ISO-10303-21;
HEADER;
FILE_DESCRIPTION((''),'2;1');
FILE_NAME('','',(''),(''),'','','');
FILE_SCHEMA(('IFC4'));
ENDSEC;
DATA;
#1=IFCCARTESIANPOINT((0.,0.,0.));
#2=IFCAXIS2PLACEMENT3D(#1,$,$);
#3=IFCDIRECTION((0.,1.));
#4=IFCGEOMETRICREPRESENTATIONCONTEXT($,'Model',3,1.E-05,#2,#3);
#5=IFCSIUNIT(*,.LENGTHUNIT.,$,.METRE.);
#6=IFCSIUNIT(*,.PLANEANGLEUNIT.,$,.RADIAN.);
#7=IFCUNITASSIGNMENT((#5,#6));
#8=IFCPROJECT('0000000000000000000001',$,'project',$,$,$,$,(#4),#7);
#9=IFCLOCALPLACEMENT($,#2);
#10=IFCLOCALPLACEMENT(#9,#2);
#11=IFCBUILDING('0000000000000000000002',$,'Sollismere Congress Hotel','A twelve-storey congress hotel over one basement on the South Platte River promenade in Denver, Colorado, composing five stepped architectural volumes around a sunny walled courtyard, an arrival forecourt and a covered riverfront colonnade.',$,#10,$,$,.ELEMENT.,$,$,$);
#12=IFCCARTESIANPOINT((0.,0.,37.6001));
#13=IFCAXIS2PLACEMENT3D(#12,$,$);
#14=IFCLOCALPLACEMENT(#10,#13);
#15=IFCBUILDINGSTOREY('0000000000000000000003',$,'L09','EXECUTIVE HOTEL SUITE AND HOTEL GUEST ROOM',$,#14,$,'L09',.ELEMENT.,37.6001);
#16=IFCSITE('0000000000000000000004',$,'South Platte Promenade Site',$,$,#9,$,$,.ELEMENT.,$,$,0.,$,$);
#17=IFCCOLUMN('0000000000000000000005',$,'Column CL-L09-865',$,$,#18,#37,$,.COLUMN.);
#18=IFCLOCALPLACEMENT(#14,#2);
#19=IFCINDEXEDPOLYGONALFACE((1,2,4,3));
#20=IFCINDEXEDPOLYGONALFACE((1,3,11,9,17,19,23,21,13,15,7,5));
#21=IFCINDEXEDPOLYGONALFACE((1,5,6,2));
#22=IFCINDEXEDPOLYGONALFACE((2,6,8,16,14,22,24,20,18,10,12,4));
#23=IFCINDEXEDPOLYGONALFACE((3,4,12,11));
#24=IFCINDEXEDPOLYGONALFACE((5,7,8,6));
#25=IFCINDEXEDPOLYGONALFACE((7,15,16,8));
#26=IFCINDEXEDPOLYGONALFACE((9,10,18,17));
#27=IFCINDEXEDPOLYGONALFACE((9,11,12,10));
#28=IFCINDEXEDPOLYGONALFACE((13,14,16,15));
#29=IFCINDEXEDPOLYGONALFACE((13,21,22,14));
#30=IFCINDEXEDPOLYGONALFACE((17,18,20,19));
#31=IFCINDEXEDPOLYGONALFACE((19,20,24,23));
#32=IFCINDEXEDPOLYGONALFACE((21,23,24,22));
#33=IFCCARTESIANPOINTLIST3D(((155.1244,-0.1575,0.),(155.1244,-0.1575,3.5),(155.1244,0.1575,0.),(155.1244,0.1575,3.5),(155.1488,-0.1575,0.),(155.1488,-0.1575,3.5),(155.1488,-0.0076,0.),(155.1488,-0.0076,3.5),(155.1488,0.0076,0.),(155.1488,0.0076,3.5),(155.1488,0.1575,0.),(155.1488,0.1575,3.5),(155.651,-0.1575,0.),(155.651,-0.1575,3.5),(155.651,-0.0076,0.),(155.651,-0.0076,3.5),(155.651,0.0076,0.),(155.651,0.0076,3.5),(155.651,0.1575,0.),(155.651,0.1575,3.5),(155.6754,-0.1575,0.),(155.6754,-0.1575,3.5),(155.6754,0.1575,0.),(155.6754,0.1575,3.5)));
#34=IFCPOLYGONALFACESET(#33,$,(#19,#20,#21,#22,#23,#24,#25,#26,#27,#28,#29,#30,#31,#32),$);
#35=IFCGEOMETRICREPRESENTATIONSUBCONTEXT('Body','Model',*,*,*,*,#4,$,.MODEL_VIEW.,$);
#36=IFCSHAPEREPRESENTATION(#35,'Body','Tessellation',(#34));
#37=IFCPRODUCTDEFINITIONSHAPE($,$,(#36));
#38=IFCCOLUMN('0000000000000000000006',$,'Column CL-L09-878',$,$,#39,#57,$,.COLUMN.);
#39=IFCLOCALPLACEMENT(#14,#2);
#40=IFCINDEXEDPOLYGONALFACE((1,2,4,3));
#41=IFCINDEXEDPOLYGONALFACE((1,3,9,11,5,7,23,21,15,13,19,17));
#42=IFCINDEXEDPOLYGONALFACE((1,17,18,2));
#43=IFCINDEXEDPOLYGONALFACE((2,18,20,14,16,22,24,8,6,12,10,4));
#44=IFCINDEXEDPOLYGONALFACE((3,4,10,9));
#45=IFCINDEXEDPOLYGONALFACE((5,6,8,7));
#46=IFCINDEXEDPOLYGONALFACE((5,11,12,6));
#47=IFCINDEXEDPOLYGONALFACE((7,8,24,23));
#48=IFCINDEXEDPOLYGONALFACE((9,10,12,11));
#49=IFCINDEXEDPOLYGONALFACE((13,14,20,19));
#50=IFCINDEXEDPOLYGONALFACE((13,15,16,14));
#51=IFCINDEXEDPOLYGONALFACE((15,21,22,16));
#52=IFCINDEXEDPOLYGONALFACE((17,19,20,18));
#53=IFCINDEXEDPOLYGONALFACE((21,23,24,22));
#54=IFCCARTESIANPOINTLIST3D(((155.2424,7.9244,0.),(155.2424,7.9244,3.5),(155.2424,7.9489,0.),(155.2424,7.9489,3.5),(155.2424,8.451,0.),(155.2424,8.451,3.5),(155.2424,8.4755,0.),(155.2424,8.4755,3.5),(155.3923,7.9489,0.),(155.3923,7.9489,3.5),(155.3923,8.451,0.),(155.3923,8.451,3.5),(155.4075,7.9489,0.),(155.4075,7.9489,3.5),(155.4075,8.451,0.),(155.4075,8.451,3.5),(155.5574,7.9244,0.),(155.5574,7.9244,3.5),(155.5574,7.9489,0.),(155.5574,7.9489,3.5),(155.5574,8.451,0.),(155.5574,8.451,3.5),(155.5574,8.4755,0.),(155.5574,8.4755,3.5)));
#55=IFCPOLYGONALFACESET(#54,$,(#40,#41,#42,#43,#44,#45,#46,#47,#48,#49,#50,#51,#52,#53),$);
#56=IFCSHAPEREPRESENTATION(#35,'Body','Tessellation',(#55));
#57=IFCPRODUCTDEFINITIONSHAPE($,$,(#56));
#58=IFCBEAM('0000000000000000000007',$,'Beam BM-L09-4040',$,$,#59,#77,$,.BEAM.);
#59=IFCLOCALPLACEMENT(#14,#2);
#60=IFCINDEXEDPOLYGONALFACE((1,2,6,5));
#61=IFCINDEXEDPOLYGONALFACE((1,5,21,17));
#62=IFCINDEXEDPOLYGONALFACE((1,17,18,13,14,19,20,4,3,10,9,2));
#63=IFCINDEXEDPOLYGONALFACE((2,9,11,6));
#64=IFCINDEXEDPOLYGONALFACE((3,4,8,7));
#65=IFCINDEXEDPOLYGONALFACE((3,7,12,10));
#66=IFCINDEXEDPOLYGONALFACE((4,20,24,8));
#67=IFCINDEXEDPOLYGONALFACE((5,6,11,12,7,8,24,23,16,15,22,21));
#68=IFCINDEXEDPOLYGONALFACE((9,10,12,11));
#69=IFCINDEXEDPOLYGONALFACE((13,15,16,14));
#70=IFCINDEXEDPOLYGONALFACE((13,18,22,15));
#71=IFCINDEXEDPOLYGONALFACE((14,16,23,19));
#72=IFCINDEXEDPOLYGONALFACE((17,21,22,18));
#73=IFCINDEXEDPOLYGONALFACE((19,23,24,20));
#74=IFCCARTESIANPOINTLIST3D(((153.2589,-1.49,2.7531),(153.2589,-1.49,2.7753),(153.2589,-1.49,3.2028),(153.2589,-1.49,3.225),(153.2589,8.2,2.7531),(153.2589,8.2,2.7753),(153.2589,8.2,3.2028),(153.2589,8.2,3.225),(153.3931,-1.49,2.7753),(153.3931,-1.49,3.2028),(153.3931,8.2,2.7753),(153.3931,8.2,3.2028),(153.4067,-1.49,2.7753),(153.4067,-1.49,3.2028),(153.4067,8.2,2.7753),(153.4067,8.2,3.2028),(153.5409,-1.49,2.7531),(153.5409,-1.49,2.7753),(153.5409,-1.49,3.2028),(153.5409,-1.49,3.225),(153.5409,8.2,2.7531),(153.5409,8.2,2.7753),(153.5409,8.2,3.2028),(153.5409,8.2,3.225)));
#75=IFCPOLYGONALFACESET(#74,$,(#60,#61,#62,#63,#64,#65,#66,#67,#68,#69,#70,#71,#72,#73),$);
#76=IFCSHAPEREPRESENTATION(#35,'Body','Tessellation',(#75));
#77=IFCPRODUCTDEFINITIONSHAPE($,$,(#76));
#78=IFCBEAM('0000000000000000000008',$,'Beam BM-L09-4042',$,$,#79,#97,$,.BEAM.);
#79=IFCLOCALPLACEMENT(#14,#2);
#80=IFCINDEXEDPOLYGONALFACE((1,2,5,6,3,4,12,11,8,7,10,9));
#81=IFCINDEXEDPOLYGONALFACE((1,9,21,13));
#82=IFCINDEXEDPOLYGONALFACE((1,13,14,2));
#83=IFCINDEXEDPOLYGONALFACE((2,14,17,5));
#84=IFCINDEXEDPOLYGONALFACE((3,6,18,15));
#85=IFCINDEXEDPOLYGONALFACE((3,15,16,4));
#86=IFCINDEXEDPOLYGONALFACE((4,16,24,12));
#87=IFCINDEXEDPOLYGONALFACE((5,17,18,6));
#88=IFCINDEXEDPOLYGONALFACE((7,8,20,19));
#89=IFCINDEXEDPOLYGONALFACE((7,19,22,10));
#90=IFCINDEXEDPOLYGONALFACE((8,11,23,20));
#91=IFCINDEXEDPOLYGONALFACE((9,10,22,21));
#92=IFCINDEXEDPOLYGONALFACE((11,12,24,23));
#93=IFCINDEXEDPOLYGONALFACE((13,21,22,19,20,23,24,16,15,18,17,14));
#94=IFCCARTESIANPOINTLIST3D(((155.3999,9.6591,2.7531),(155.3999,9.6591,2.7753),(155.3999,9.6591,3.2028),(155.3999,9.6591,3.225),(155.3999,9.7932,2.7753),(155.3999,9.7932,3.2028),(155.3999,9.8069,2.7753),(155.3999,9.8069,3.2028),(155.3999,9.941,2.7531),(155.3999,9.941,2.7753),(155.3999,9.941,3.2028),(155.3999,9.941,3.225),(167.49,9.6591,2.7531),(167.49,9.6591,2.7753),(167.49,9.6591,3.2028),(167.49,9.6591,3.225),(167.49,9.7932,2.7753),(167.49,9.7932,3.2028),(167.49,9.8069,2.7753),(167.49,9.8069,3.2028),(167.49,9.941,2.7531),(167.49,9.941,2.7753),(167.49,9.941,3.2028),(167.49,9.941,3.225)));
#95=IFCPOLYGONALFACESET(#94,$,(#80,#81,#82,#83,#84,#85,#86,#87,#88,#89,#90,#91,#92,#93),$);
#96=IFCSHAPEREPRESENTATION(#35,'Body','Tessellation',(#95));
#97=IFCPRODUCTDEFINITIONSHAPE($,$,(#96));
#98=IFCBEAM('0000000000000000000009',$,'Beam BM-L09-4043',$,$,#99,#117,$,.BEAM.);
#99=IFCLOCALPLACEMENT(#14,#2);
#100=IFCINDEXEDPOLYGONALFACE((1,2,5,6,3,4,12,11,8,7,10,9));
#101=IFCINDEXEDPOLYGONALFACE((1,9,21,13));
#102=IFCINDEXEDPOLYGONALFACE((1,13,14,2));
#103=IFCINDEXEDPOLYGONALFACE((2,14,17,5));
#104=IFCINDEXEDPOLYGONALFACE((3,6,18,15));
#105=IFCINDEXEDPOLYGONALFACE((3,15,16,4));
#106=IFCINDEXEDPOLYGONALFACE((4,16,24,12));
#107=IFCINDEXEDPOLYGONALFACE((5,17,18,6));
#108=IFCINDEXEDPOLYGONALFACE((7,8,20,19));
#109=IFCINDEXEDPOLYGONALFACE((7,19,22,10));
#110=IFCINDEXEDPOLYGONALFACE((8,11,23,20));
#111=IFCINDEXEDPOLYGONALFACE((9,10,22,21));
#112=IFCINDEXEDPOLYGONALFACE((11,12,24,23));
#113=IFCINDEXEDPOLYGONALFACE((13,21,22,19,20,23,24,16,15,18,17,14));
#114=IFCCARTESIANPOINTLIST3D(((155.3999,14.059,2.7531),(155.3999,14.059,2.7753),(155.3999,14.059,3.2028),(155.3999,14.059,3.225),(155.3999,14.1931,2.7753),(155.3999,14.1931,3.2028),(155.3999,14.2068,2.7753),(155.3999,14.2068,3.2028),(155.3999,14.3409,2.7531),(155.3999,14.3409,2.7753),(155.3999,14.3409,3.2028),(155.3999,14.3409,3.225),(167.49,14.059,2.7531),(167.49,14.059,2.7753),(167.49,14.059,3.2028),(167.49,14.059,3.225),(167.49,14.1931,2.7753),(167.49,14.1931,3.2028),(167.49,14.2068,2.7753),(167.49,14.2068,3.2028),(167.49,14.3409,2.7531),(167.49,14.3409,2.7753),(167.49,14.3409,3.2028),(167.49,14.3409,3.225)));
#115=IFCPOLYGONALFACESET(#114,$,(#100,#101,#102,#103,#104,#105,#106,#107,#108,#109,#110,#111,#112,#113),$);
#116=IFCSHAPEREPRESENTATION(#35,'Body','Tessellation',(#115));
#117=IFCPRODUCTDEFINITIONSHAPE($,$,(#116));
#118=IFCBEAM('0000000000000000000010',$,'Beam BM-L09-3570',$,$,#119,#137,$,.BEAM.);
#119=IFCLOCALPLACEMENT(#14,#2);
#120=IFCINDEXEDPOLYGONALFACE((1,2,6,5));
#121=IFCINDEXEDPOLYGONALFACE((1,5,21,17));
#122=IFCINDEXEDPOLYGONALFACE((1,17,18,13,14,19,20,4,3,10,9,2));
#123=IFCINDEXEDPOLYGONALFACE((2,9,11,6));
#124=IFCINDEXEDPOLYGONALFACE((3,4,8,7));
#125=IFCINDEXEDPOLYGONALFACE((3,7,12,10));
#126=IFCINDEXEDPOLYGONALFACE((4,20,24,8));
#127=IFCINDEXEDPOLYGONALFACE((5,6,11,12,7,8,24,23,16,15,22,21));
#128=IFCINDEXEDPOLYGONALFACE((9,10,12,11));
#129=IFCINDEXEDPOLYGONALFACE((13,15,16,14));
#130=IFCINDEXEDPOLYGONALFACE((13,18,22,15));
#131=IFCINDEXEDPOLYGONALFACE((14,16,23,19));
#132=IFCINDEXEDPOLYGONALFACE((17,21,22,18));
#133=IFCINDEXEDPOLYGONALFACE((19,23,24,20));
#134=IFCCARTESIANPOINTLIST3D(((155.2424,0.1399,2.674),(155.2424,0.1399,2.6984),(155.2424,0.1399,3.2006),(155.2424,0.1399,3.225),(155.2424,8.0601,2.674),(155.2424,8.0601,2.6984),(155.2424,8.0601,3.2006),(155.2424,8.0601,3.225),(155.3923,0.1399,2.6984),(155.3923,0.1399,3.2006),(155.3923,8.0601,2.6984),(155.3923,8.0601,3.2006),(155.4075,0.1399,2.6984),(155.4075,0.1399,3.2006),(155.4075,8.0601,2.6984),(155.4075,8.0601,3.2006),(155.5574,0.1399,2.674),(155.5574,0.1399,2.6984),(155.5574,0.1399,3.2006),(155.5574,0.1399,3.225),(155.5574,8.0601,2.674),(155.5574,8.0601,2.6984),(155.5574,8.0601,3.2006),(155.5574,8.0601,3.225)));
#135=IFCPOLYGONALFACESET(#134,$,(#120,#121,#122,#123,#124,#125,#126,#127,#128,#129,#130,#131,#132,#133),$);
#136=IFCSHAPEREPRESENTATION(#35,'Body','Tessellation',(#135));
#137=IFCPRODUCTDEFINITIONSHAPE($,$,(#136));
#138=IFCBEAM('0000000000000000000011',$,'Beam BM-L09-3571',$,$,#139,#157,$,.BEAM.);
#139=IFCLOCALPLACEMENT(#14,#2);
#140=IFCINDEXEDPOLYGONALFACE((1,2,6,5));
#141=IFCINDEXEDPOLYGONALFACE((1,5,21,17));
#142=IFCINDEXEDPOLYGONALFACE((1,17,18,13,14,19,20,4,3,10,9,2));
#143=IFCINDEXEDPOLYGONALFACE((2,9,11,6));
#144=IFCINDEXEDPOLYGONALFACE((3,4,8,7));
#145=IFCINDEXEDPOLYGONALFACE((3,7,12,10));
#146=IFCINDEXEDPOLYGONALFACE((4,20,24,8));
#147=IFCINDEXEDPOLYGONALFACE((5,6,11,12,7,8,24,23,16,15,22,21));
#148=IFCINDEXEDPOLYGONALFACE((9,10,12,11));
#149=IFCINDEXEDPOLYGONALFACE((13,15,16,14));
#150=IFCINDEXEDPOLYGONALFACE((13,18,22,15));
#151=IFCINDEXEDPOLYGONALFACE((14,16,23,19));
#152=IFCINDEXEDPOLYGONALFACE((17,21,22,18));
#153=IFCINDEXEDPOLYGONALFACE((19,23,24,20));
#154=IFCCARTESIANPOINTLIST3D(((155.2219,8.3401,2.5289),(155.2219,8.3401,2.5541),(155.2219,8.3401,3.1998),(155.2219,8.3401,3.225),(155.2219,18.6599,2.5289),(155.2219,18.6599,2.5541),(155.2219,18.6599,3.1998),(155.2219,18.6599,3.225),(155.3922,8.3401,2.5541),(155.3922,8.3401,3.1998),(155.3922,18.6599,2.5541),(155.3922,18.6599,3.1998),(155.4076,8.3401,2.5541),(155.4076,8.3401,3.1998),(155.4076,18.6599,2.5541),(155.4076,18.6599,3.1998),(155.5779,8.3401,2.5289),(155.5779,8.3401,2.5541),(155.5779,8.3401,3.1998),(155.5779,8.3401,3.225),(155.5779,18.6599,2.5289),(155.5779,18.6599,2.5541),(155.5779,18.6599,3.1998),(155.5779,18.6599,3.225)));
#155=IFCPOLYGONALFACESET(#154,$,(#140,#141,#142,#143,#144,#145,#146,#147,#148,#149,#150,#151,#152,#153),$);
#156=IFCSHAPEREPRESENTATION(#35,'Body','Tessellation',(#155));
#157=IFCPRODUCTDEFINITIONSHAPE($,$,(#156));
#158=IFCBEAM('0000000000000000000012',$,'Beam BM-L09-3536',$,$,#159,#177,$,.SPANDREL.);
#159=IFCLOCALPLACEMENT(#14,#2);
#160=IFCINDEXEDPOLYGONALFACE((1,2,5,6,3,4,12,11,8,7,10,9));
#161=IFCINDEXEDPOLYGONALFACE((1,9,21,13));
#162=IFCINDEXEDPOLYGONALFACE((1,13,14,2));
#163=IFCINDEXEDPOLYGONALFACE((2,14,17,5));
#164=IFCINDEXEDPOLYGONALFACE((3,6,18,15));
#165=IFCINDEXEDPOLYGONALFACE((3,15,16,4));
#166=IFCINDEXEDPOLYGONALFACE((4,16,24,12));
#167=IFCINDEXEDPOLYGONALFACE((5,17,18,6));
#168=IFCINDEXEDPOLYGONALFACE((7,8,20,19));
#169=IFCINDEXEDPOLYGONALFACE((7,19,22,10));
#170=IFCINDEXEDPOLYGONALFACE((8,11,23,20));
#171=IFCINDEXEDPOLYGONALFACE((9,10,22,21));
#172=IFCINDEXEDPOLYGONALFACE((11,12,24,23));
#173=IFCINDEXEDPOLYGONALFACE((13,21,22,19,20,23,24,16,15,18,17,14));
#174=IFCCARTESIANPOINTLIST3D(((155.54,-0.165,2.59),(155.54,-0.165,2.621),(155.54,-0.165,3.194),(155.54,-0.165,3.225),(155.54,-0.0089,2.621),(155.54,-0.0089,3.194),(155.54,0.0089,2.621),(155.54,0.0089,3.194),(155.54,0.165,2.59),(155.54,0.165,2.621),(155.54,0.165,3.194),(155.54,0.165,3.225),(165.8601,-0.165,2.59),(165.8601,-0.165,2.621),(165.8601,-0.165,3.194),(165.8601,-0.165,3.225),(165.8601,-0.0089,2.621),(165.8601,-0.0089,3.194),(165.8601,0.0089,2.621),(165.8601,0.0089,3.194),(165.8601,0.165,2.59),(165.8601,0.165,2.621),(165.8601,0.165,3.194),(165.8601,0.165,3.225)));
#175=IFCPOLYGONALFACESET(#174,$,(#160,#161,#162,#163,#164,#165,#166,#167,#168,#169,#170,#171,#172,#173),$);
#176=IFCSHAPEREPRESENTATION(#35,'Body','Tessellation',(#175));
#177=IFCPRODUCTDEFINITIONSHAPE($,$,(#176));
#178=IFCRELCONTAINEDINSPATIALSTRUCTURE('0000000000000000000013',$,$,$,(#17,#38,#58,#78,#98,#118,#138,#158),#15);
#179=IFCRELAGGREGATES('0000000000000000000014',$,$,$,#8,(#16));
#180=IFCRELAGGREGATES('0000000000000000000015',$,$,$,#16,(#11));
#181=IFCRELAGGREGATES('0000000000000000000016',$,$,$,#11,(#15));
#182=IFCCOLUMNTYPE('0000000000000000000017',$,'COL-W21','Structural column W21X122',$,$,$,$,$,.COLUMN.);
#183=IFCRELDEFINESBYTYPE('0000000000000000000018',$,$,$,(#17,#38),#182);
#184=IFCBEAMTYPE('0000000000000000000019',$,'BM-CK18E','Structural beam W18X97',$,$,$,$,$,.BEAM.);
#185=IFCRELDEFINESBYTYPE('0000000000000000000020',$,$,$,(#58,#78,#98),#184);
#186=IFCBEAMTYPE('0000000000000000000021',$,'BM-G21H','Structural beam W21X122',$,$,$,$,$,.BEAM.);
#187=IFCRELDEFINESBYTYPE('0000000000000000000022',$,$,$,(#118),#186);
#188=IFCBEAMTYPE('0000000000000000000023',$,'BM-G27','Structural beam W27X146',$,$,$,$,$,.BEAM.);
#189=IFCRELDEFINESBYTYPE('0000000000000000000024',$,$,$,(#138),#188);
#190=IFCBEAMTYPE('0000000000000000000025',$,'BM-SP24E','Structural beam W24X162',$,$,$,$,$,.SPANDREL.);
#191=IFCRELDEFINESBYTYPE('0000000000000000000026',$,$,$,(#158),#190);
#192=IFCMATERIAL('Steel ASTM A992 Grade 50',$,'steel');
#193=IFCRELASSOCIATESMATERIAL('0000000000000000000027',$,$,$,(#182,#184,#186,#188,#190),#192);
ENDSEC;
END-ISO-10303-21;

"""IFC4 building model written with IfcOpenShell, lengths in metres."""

from ifc_helpers import new_model, si_unit, direction, frame, origin, origin_2d, place, context, subcontext, project, spatial, i_section, extrude, material, material_profile, profile_set, type_object, element, save


model = new_model("IFC4")

# Units and contexts
model_context = context("Model", 3, precision=1e-05, world=origin(), true_north=direction((0.0, 1.0)))
body_context = subcontext(model_context, "Body", "Model", "MODEL_VIEW")
ifc_project = project(units=[si_unit("LENGTHUNIT", "METRE"), si_unit("PLANEANGLEUNIT", "RADIAN")], contexts=[model_context])

# Site, building, storey
site_placement = place(None, origin())
site = spatial("IfcSite", under=ifc_project, at=site_placement, Name="South Platte Promenade Site", CompositionType="ELEMENT", RefElevation=0.0)
building_placement = place(site_placement, origin())
building = spatial("IfcBuilding", under=site, at=building_placement, Name="Sollismere Congress Hotel", Description="A twelve-storey congress hotel over one basement on the South Platte River promenade in Denver, Colorado, composing five stepped architectural volumes around a sunny walled courtyard, an arrival forecourt and a covered riverfront colonnade.", CompositionType="ELEMENT")
storey_placement = place(building_placement, frame((0.0, 0.0, 37.6001)))
storey = spatial("IfcBuildingStorey", under=building, at=storey_placement, Name="L09", Description="EXECUTIVE HOTEL SUITE AND HOTEL GUEST ROOM", LongName="L09", CompositionType="ELEMENT", Elevation=37.6001)

# Columns
ifc_material_1 = material(Name="Steel ASTM A992 Grade 50", Category="steel")
ifc_material_profile_1 = material_profile(ifc_material_1, i_section(OverallWidth=0.3149, OverallDepth=0.551, WebThickness=0.0151, FlangeThickness=0.0244, at=origin_2d()), Name="W21X122")
ifc_profile_set_1 = profile_set([ifc_material_profile_1], Name="Steel ASTM A992 Grade 50")
column_type = type_object("IfcColumnType", Name="COL-W21", Description="Structural column W21X122", PredefinedType="COLUMN", material=ifc_profile_set_1)
for number, where, z_axis, x_axis, name in (
    (1, (155.3999, 0.0, 0.0), (0.0, 0.0, 1.0), (0.0, 1.0, 0.0), "Column CL-L09-865"),
    (2, (155.3999, 8.2, 0.0), (0.0, 0.0, 1.0), (1.0, 0.0, 0.0), "Column CL-L09-878"),
):
    element("IfcColumn", number, at=place(storey_placement, frame(where, z_axis=z_axis, x_axis=x_axis)), inside=storey, type_object=column_type, Name=name, PredefinedType="COLUMN", context=body_context, shape_type="SweptSolid", body=[
        extrude(i_section(OverallWidth=0.3149, OverallDepth=0.551, WebThickness=0.0151, FlangeThickness=0.0244, at=origin_2d()), origin(), (0.0, 0.0, 1.0), 3.5),
    ])

# Beams
ifc_material_profile_2 = material_profile(ifc_material_1, i_section(OverallWidth=0.282, OverallDepth=0.4719, WebThickness=0.0137, FlangeThickness=0.0222, at=origin_2d()), Name="W18X97")
ifc_profile_set_2 = profile_set([ifc_material_profile_2], Name="Steel ASTM A992 Grade 50")
beam_type_1 = type_object("IfcBeamType", Name="BM-CK18E", Description="Structural beam W18X97", PredefinedType="BEAM", material=ifc_profile_set_2)
beam_1_placement = place(storey_placement, frame((153.3999, 8.2, 2.989), z_axis=(0.0, -1.0, 0.0), x_axis=(1.0, 0.0, 0.0)))
element("IfcBeam", 3, at=beam_1_placement, inside=storey, type_object=beam_type_1, Name="Beam BM-L09-4040", PredefinedType="BEAM", context=body_context, shape_type="SweptSolid", body=[
    extrude(i_section(OverallWidth=0.282, OverallDepth=0.4719, WebThickness=0.0137, FlangeThickness=0.0222, at=origin_2d()), origin(), (0.0, 0.0, 1.0), 9.6899),
])
for number, where, z_axis, x_axis, name in (
    (4, (155.3999, 9.8, 2.989), (1.0, 0.0, 0.0), (0.0, 1.0, 0.0), "Beam BM-L09-4042"),
    (5, (155.3999, 14.2, 2.989), (1.0, 0.0, 0.0), (0.0, 1.0, 0.0), "Beam BM-L09-4043"),
):
    element("IfcBeam", number, at=place(storey_placement, frame(where, z_axis=z_axis, x_axis=x_axis)), inside=storey, type_object=beam_type_1, Name=name, PredefinedType="BEAM", context=body_context, shape_type="SweptSolid", body=[
        extrude(i_section(OverallWidth=0.282, OverallDepth=0.4719, WebThickness=0.0137, FlangeThickness=0.0222, at=origin_2d()), origin(), (0.0, 0.0, 1.0), 12.0901),
    ])
ifc_material_profile_3 = material_profile(ifc_material_1, i_section(OverallWidth=0.3149, OverallDepth=0.551, WebThickness=0.0151, FlangeThickness=0.0244, at=origin_2d()), Name="W21X122")
ifc_profile_set_3 = profile_set([ifc_material_profile_3], Name="Steel ASTM A992 Grade 50")
beam_type_2 = type_object("IfcBeamType", Name="BM-G21H", Description="Structural beam W21X122", PredefinedType="BEAM", material=ifc_profile_set_3)
beam_2_placement = place(storey_placement, frame((155.3999, 0.1399, 2.9495), z_axis=(0.0, 1.0, 0.0), x_axis=(-1.0, 0.0, 0.0)))
element("IfcBeam", 6, at=beam_2_placement, inside=storey, type_object=beam_type_2, Name="Beam BM-L09-3570", PredefinedType="BEAM", context=body_context, shape_type="SweptSolid", body=[
    extrude(i_section(OverallWidth=0.3149, OverallDepth=0.551, WebThickness=0.0151, FlangeThickness=0.0244, at=origin_2d()), origin(), (0.0, 0.0, 1.0), 7.9202),
])
ifc_material_profile_4 = material_profile(ifc_material_1, i_section(OverallWidth=0.356, OverallDepth=0.696, WebThickness=0.0154, FlangeThickness=0.0251, at=origin_2d()), Name="W27X146")
ifc_profile_set_4 = profile_set([ifc_material_profile_4], Name="Steel ASTM A992 Grade 50")
beam_type_3 = type_object("IfcBeamType", Name="BM-G27", Description="Structural beam W27X146", PredefinedType="BEAM", material=ifc_profile_set_4)
beam_3_placement = place(storey_placement, frame((155.3999, 8.3401, 2.877), z_axis=(0.0, 1.0, 0.0), x_axis=(-1.0, 0.0, 0.0)))
element("IfcBeam", 7, at=beam_3_placement, inside=storey, type_object=beam_type_3, Name="Beam BM-L09-3571", PredefinedType="BEAM", context=body_context, shape_type="SweptSolid", body=[
    extrude(i_section(OverallWidth=0.356, OverallDepth=0.696, WebThickness=0.0154, FlangeThickness=0.0251, at=origin_2d()), origin(), (0.0, 0.0, 1.0), 10.3198),
])
ifc_material_profile_5 = material_profile(ifc_material_1, i_section(OverallWidth=0.3301, OverallDepth=0.635, WebThickness=0.0178, FlangeThickness=0.031, at=origin_2d()), Name="W24X162")
ifc_profile_set_5 = profile_set([ifc_material_profile_5], Name="Steel ASTM A992 Grade 50")
beam_type_4 = type_object("IfcBeamType", Name="BM-SP24E", Description="Structural beam W24X162", PredefinedType="SPANDREL", material=ifc_profile_set_5)
beam_4_placement = place(storey_placement, frame((155.54, 0.0, 2.9075), z_axis=(1.0, 0.0, 0.0), x_axis=(0.0, 1.0, 0.0)))
element("IfcBeam", 8, at=beam_4_placement, inside=storey, type_object=beam_type_4, Name="Beam BM-L09-3536", PredefinedType="SPANDREL", context=body_context, shape_type="SweptSolid", body=[
    extrude(i_section(OverallWidth=0.3301, OverallDepth=0.635, WebThickness=0.0178, FlangeThickness=0.031, at=origin_2d()), origin(), (0.0, 0.0, 1.0), 10.3201),
])

save(model, "model.ifc")
